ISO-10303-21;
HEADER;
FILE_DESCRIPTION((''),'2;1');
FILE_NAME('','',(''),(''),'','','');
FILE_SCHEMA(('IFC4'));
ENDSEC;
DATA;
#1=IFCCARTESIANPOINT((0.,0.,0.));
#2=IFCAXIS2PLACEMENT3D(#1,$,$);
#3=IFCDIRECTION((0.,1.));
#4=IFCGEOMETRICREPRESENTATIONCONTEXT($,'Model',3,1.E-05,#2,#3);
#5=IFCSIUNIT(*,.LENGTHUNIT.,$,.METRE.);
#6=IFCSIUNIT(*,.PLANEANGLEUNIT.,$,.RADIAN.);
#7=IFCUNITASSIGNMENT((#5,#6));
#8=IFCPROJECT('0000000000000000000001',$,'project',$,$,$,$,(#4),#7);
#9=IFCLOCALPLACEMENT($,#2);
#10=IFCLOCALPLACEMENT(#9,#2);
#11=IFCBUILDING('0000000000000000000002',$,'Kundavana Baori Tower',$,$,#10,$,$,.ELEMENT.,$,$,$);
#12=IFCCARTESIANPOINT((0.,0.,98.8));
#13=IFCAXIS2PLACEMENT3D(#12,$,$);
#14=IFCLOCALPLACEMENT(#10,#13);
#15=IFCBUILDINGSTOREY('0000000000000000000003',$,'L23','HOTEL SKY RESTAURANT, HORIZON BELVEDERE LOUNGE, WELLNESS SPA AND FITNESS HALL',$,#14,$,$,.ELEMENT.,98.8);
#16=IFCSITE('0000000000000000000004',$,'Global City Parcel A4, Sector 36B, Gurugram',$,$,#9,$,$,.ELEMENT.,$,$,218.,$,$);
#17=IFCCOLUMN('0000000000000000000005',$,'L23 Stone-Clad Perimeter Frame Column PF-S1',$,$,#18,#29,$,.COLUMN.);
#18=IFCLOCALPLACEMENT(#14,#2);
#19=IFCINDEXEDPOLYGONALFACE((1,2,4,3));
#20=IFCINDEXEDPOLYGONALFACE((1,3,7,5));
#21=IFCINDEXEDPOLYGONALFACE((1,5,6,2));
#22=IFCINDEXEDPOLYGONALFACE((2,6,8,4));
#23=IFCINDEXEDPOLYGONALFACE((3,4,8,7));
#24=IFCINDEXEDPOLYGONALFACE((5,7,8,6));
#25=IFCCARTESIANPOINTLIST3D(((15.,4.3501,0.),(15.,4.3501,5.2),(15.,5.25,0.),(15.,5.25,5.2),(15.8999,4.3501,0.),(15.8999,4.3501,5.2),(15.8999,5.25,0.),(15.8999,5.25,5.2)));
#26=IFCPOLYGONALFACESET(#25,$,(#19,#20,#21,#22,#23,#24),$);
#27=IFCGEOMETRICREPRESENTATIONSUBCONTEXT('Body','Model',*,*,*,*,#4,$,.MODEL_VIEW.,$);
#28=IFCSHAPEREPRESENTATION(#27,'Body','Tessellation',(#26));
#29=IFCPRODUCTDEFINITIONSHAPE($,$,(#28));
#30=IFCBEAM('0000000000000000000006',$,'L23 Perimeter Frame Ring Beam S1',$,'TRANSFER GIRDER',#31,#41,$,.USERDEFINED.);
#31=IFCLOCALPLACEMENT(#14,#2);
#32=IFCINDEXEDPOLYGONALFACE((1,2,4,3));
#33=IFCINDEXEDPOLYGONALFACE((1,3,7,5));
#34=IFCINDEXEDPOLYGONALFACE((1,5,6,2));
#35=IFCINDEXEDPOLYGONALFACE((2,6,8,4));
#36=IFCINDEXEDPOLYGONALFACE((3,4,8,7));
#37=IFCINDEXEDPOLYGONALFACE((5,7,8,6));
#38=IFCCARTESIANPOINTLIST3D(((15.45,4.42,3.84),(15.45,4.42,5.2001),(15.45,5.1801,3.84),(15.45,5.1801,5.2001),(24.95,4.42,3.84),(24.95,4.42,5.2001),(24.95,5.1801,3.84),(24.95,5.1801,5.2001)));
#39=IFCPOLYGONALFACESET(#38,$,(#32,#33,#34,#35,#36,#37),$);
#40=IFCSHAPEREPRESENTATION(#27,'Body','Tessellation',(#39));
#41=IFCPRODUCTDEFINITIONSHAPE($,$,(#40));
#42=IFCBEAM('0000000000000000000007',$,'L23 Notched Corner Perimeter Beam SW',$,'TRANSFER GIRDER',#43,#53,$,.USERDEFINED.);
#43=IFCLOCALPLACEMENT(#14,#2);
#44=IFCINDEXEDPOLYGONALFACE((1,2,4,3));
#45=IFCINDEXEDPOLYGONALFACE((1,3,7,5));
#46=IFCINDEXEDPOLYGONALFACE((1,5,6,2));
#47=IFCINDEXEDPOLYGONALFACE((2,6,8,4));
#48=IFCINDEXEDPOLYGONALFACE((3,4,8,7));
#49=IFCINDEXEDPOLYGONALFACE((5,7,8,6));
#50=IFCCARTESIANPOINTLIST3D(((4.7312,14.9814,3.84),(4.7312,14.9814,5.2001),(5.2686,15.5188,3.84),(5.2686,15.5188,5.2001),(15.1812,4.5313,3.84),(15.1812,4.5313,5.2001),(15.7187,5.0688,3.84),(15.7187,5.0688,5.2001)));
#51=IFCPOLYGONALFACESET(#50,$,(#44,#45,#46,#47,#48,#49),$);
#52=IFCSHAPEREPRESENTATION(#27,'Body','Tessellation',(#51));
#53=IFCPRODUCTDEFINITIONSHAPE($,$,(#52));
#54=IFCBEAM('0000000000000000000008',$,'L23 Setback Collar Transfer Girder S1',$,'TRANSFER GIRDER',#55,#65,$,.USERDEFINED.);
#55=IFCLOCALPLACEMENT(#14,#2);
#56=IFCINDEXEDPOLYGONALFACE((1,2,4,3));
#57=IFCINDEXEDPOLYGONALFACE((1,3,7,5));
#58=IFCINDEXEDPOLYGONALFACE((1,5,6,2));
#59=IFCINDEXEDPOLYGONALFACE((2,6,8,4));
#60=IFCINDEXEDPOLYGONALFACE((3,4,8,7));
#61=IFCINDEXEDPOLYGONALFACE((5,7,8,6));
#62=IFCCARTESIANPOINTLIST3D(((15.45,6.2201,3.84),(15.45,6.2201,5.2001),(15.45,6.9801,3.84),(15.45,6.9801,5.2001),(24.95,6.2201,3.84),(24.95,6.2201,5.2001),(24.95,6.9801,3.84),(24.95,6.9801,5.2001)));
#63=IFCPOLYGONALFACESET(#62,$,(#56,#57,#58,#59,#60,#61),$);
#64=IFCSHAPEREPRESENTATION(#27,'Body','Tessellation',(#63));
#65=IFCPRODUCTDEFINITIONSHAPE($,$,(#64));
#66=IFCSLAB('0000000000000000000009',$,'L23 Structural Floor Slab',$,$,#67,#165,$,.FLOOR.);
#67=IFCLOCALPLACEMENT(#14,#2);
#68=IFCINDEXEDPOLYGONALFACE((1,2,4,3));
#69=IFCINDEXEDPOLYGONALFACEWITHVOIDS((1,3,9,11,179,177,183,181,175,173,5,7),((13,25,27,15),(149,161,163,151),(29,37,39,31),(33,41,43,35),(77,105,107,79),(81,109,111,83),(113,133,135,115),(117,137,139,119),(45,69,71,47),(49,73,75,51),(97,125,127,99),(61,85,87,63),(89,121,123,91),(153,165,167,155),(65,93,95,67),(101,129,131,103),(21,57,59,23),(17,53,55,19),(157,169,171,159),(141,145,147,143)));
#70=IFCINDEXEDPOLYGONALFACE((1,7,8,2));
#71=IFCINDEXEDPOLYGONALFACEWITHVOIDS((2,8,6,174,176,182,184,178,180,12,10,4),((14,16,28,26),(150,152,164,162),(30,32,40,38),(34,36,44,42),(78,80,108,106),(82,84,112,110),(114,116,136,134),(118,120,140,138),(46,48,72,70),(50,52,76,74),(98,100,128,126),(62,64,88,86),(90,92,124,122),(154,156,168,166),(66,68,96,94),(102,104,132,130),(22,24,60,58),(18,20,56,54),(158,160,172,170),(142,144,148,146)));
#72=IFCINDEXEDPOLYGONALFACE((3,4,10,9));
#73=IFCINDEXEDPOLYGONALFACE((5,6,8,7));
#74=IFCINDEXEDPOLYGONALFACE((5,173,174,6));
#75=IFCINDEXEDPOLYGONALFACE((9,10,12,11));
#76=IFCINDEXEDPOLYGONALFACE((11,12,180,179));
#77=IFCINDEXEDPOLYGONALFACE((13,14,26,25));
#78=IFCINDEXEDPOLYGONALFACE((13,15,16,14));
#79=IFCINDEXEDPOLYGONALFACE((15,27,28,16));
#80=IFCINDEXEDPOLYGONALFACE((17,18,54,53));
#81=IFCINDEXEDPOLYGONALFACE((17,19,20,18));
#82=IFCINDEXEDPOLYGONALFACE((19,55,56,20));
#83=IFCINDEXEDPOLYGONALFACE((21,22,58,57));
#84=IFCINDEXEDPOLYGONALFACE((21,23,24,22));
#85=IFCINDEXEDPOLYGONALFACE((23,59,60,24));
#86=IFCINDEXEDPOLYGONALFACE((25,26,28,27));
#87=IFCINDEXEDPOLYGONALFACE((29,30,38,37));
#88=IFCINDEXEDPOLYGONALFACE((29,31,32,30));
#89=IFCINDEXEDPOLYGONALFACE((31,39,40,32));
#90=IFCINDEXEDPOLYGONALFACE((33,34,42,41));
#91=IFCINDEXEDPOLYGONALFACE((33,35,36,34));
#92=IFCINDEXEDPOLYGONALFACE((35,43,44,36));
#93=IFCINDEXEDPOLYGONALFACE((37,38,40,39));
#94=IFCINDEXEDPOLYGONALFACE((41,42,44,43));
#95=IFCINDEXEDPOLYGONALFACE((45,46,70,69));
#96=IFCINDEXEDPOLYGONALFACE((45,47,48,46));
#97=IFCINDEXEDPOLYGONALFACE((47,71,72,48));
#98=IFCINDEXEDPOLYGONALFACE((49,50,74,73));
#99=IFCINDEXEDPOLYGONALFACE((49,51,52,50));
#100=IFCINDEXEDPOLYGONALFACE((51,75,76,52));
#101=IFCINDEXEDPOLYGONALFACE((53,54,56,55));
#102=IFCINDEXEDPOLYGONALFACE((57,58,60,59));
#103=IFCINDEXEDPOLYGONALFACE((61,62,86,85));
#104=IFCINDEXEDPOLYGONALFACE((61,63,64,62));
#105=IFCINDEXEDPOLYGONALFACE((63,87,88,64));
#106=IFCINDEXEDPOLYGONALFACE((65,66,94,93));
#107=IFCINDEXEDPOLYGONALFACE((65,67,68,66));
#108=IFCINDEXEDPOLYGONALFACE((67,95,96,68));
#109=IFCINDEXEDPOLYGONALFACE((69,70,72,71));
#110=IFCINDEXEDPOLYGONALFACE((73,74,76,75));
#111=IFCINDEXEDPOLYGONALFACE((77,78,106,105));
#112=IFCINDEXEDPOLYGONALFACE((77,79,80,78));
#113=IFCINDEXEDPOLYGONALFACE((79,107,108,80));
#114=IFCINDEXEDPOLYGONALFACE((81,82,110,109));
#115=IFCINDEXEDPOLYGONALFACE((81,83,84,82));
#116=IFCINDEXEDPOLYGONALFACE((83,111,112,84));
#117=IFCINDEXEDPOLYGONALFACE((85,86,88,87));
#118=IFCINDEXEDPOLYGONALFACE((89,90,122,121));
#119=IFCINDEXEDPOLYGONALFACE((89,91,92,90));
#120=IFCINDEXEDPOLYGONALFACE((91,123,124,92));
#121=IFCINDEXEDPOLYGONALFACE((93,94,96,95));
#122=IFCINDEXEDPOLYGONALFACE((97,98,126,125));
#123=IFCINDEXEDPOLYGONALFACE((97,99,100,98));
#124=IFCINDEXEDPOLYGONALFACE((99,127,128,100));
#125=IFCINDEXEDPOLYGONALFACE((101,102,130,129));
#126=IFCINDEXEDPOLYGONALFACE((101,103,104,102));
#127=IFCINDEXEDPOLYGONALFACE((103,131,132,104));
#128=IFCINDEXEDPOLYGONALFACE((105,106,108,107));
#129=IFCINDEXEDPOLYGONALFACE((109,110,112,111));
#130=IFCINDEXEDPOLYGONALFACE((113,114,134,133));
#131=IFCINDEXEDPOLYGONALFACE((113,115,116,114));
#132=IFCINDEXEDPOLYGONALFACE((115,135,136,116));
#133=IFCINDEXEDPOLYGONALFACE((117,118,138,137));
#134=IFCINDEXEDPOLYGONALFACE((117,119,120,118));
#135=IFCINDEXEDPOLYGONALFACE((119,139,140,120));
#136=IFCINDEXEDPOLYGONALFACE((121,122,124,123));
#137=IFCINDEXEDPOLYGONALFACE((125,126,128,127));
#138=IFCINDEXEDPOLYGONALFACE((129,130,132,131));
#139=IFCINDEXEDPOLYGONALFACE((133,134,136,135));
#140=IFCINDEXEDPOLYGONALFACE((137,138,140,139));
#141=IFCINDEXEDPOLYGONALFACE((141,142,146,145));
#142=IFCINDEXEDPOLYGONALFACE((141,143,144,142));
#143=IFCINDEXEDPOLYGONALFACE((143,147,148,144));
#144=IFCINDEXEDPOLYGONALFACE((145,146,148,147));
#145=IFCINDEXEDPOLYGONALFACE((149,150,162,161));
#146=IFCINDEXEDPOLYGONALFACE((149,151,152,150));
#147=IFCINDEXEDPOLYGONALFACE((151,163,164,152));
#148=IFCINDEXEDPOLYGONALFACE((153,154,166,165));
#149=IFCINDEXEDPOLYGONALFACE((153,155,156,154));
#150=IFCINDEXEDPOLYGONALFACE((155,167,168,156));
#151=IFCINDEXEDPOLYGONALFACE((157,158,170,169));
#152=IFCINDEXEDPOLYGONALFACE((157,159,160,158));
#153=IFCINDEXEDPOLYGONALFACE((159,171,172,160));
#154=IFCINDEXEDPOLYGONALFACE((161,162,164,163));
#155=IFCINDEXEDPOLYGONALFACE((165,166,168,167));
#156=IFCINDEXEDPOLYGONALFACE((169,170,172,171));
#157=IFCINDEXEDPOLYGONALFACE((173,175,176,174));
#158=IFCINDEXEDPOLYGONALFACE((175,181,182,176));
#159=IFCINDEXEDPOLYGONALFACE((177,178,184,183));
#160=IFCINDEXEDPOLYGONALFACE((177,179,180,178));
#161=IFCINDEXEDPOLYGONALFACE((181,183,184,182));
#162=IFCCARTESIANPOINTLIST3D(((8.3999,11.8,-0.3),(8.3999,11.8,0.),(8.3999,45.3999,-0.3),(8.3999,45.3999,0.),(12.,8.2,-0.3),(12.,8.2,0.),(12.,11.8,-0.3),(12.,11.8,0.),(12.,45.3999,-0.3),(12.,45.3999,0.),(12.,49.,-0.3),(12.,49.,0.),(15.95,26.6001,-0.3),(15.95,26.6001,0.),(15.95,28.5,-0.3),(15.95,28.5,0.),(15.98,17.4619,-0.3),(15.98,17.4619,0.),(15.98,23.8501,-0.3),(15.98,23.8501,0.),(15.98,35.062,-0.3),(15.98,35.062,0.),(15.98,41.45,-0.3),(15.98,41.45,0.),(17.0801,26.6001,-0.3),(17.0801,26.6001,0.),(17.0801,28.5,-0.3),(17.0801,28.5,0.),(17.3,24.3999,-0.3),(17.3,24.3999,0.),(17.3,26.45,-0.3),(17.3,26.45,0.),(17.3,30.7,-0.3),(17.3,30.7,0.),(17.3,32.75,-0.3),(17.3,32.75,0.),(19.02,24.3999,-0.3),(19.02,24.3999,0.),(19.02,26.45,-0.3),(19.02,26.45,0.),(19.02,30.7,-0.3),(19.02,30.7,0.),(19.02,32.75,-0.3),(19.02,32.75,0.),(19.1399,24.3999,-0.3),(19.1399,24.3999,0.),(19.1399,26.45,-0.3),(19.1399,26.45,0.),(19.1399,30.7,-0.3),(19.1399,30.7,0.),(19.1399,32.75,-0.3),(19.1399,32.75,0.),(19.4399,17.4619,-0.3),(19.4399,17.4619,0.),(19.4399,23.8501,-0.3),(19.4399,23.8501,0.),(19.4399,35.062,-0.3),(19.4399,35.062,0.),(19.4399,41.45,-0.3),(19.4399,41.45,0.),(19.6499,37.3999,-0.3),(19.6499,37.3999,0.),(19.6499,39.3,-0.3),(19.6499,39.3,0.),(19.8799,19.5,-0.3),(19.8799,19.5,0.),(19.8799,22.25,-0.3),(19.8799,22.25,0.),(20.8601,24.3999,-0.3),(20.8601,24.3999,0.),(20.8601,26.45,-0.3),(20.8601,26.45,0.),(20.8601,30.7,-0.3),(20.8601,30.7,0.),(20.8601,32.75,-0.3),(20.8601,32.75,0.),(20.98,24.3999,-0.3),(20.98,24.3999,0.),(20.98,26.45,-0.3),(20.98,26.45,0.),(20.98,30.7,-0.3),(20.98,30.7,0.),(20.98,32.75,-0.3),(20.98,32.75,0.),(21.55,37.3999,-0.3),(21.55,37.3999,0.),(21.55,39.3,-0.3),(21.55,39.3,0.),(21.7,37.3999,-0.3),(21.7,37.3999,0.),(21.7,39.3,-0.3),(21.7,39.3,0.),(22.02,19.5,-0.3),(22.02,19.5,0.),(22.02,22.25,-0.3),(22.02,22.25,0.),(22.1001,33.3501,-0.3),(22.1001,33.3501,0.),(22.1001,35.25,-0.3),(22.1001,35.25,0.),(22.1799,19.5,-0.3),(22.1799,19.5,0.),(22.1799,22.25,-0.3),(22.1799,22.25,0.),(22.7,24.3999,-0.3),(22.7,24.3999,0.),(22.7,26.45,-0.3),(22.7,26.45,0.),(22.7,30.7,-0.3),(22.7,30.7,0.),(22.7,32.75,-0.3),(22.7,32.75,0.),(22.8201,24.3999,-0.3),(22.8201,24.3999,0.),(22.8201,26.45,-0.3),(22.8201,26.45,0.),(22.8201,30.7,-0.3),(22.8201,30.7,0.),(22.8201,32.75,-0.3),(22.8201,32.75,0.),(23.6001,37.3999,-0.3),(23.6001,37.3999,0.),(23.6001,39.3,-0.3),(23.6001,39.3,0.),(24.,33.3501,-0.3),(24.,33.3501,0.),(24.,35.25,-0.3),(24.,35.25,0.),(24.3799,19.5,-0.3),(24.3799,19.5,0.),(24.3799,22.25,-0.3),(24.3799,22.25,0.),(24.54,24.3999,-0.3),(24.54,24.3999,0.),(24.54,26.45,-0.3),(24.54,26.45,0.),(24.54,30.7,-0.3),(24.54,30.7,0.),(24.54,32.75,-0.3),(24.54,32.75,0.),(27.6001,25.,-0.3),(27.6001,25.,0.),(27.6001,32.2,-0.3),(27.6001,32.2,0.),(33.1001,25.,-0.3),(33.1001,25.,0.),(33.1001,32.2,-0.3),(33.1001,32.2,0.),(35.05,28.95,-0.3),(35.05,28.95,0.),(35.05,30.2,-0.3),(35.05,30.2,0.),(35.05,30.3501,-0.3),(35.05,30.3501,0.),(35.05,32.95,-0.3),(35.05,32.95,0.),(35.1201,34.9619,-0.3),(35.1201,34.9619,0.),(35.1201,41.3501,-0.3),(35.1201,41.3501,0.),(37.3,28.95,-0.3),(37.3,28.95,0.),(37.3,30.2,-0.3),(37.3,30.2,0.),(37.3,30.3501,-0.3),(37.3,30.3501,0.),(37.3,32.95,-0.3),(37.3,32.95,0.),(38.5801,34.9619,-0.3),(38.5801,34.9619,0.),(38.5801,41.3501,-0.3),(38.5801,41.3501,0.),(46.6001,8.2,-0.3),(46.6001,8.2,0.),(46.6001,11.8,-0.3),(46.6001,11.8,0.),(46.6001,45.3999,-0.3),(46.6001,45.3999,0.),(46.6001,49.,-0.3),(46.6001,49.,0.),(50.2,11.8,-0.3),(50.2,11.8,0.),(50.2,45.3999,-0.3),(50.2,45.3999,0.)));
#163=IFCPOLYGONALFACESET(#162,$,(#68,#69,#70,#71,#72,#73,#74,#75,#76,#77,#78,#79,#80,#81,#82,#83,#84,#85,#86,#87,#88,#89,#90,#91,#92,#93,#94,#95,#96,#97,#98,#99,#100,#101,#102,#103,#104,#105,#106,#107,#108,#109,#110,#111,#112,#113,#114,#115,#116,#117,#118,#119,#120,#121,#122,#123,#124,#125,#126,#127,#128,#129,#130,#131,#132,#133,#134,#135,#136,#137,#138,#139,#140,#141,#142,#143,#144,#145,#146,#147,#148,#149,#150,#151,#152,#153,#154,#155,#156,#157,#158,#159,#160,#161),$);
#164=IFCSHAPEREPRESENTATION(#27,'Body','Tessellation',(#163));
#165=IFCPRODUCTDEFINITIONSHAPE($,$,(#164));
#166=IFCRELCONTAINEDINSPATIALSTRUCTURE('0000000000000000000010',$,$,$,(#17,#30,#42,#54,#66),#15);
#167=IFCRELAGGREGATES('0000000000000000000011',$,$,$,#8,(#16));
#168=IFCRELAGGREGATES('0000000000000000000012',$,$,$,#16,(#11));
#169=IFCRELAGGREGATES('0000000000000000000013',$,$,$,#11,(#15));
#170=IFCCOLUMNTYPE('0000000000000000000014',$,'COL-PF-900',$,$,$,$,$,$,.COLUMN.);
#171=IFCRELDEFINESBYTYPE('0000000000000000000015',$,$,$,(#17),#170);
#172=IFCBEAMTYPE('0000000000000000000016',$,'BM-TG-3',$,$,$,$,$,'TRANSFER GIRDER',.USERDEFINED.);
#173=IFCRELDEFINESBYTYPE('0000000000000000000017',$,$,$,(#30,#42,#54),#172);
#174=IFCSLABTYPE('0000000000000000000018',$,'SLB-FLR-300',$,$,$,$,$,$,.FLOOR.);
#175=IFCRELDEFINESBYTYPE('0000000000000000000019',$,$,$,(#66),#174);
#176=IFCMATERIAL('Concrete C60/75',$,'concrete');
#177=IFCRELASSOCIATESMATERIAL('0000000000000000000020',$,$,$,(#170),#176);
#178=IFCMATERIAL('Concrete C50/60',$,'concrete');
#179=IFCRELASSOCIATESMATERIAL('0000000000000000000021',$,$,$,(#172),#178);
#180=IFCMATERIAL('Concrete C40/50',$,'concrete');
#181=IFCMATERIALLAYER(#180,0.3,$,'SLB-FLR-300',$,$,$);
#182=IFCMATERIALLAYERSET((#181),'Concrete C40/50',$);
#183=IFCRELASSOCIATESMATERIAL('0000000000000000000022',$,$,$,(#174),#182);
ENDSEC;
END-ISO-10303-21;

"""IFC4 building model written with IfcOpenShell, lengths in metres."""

from ifc_helpers import new_model, si_unit, direction, frame, origin, origin_2d, place, context, subcontext, project, spatial, polyline, rectangle, outline, extrude, material, layer, layer_set, material_profile, profile_set, type_object, element, save


model = new_model("IFC4")

# Units and contexts
model_context = context("Model", 3, precision=1e-05, world=origin(), true_north=direction((0.0, 1.0)))
body_context = subcontext(model_context, "Body", "Model", "MODEL_VIEW")
ifc_project = project(units=[si_unit("LENGTHUNIT", "METRE"), si_unit("PLANEANGLEUNIT", "RADIAN")], contexts=[model_context])

# Site, building, storey
site_placement = place(None, origin())
site = spatial("IfcSite", under=ifc_project, at=site_placement, Name="Global City Parcel A4, Sector 36B, Gurugram", CompositionType="ELEMENT", RefElevation=218.0)
building_placement = place(site_placement, origin())
building = spatial("IfcBuilding", under=site, at=building_placement, Name="Kundavana Baori Tower", CompositionType="ELEMENT")
storey_placement = place(building_placement, frame((0.0, 0.0, 98.8)))
storey = spatial("IfcBuildingStorey", under=building, at=storey_placement, Name="L23", Description="HOTEL SKY RESTAURANT, HORIZON BELVEDERE LOUNGE, WELLNESS SPA AND FITNESS HALL", CompositionType="ELEMENT", Elevation=98.8)

# Column
ifc_material_1 = material(Name="Concrete C60/75", Category="concrete")
ifc_material_profile_1 = material_profile(ifc_material_1, rectangle(XDim=0.8999, YDim=0.8999, at=origin_2d()), Name="RC PF 900x900")
ifc_profile_set_1 = profile_set([ifc_material_profile_1], Name="Concrete C60/75")
column_type = type_object("IfcColumnType", Name="COL-PF-900", PredefinedType="COLUMN", material=ifc_profile_set_1)
column_placement = place(storey_placement, frame((15.45, 4.8, 0.0), z_axis=(0.0, 0.0, 1.0), x_axis=(1.0, 0.0, 0.0)))
element("IfcColumn", 1, at=column_placement, inside=storey, type_object=column_type, Name="L23 Stone-Clad Perimeter Frame Column PF-S1", PredefinedType="COLUMN", context=body_context, shape_type="SweptSolid", body=[
    extrude(rectangle(XDim=0.8999, YDim=0.8999, at=origin_2d()), origin(), (0.0, 0.0, 1.0), 5.2),
])

# Beams
ifc_material_2 = material(Name="Concrete C50/60", Category="concrete")
ifc_material_profile_2 = material_profile(ifc_material_2, rectangle(XDim=0.76, YDim=1.3601, at=origin_2d()), Name="BM-TG-3")
ifc_profile_set_2 = profile_set([ifc_material_profile_2], Name="Concrete C50/60")
beam_type = type_object("IfcBeamType", Name="BM-TG-3", ElementType="TRANSFER GIRDER", PredefinedType="USERDEFINED", material=ifc_profile_set_2)
beam_1_placement = place(storey_placement, frame((15.45, 4.8, 4.52), z_axis=(1.0, 0.0, 0.0), x_axis=(0.0, 1.0, 0.0)))
element("IfcBeam", 2, at=beam_1_placement, inside=storey, type_object=beam_type, Name="L23 Perimeter Frame Ring Beam S1", ObjectType="TRANSFER GIRDER", PredefinedType="USERDEFINED", context=body_context, shape_type="SweptSolid", body=[
    extrude(rectangle(XDim=0.76, YDim=1.3601, at=origin_2d()), origin(), (0.0, 0.0, 1.0), 9.5),
])
beam_2_placement = place(storey_placement, frame((15.45, 4.8, 4.52), z_axis=(-0.707107, 0.707107, 0.0), x_axis=(-0.707107, -0.707107, 0.0)))
element("IfcBeam", 3, at=beam_2_placement, inside=storey, type_object=beam_type, Name="L23 Notched Corner Perimeter Beam SW", ObjectType="TRANSFER GIRDER", PredefinedType="USERDEFINED", context=body_context, shape_type="SweptSolid", body=[
    extrude(rectangle(XDim=0.76, YDim=1.3601, at=origin_2d()), origin(), (0.0, 0.0, 1.0), 14.7786),
])
beam_3_placement = place(storey_placement, frame((15.45, 6.6001, 4.52), z_axis=(1.0, 0.0, 0.0), x_axis=(0.0, 1.0, 0.0)))
element("IfcBeam", 4, at=beam_3_placement, inside=storey, type_object=beam_type, Name="L23 Setback Collar Transfer Girder S1", ObjectType="TRANSFER GIRDER", PredefinedType="USERDEFINED", context=body_context, shape_type="SweptSolid", body=[
    extrude(rectangle(XDim=0.76, YDim=1.3601, at=origin_2d()), origin(), (0.0, 0.0, 1.0), 9.5),
])

# Slab
ifc_material_3 = material(Name="Concrete C40/50", Category="concrete")
ifc_layer_1 = layer(ifc_material_3, 0.3, Name="SLB-FLR-300")
ifc_layer_set_1 = layer_set([ifc_layer_1], Name="Concrete C40/50")
slab_type_1 = type_object("IfcSlabType", Name="SLB-FLR-300", PredefinedType="FLOOR", material=ifc_layer_set_1)
slab_1_placement = place(storey_placement, frame((0.0, 0.0, -0.3)))
element("IfcSlab", 5, at=slab_1_placement, inside=storey, type_object=slab_type_1, Name="L23 Structural Floor Slab", PredefinedType="FLOOR", context=body_context, shape_type="SweptSolid", body=[
    extrude(outline(polyline([(12.0, 8.2), (46.6001, 8.2), (46.6001, 11.8), (50.2, 11.8), (50.2, 45.3999), (46.6001, 45.3999), (46.6001, 49.0), (12.0, 49.0), (12.0, 45.3999), (8.3999, 45.3999), (8.3999, 11.8), (12.0, 11.8), (12.0, 8.2)]), holes=[polyline([(19.4399, 17.4619), (19.4399, 23.8501), (15.98, 23.8501), (15.98, 17.4619), (19.4399, 17.4619)]), polyline([(19.4399, 35.062), (19.4399, 41.45), (15.98, 41.45), (15.98, 35.062), (19.4399, 35.062)]), polyline([(38.5801, 34.9619), (38.5801, 41.3501), (35.1201, 41.3501), (35.1201, 34.9619), (38.5801, 34.9619)]), polyline([(17.3, 24.3999), (19.02, 24.3999), (19.02, 26.45), (17.3, 26.45), (17.3, 24.3999)]), polyline([(19.1399, 24.3999), (20.8601, 24.3999), (20.8601, 26.45), (19.1399, 26.45), (19.1399, 24.3999)]), polyline([(20.98, 24.3999), (22.7, 24.3999), (22.7, 26.45), (20.98, 26.45), (20.98, 24.3999)]), polyline([(22.8201, 24.3999), (24.54, 24.3999), (24.54, 26.45), (22.8201, 26.45), (22.8201, 24.3999)]), polyline([(17.3, 30.7), (19.02, 30.7), (19.02, 32.75), (17.3, 32.75), (17.3, 30.7)]), polyline([(19.1399, 30.7), (20.8601, 30.7), (20.8601, 32.75), (19.1399, 32.75), (19.1399, 30.7)]), polyline([(20.98, 30.7), (22.7, 30.7), (22.7, 32.75), (20.98, 32.75), (20.98, 30.7)]), polyline([(22.8201, 30.7), (24.54, 30.7), (24.54, 32.75), (22.8201, 32.75), (22.8201, 30.7)]), polyline([(19.6499, 37.3999), (21.55, 37.3999), (21.55, 39.3), (19.6499, 39.3), (19.6499, 37.3999)]), polyline([(21.7, 37.3999), (23.6001, 37.3999), (23.6001, 39.3), (21.7, 39.3), (21.7, 37.3999)]), polyline([(22.1001, 33.3501), (24.0, 33.3501), (24.0, 35.25), (22.1001, 35.25), (22.1001, 33.3501)]), polyline([(19.8799, 19.5), (22.02, 19.5), (22.02, 22.25), (19.8799, 22.25), (19.8799, 19.5)]), polyline([(22.1799, 19.5), (24.3799, 19.5), (24.3799, 22.25), (22.1799, 22.25), (22.1799, 19.5)]), polyline([(35.05, 30.3501), (37.3, 30.3501), (37.3, 32.95), (35.05, 32.95), (35.05, 30.3501)]), polyline([(15.95, 26.6001), (17.0801, 26.6001), (17.0801, 28.5), (15.95, 28.5), (15.95, 26.6001)]), polyline([(35.05, 28.95), (37.3, 28.95), (37.3, 30.2), (35.05, 30.2), (35.05, 28.95)]), polyline([(27.6001, 25.0), (33.1001, 25.0), (33.1001, 32.2), (27.6001, 32.2), (27.6001, 25.0)])]), origin(), (0.0, 0.0, 1.0), 0.3),
])

save(model, "model.ifc")
